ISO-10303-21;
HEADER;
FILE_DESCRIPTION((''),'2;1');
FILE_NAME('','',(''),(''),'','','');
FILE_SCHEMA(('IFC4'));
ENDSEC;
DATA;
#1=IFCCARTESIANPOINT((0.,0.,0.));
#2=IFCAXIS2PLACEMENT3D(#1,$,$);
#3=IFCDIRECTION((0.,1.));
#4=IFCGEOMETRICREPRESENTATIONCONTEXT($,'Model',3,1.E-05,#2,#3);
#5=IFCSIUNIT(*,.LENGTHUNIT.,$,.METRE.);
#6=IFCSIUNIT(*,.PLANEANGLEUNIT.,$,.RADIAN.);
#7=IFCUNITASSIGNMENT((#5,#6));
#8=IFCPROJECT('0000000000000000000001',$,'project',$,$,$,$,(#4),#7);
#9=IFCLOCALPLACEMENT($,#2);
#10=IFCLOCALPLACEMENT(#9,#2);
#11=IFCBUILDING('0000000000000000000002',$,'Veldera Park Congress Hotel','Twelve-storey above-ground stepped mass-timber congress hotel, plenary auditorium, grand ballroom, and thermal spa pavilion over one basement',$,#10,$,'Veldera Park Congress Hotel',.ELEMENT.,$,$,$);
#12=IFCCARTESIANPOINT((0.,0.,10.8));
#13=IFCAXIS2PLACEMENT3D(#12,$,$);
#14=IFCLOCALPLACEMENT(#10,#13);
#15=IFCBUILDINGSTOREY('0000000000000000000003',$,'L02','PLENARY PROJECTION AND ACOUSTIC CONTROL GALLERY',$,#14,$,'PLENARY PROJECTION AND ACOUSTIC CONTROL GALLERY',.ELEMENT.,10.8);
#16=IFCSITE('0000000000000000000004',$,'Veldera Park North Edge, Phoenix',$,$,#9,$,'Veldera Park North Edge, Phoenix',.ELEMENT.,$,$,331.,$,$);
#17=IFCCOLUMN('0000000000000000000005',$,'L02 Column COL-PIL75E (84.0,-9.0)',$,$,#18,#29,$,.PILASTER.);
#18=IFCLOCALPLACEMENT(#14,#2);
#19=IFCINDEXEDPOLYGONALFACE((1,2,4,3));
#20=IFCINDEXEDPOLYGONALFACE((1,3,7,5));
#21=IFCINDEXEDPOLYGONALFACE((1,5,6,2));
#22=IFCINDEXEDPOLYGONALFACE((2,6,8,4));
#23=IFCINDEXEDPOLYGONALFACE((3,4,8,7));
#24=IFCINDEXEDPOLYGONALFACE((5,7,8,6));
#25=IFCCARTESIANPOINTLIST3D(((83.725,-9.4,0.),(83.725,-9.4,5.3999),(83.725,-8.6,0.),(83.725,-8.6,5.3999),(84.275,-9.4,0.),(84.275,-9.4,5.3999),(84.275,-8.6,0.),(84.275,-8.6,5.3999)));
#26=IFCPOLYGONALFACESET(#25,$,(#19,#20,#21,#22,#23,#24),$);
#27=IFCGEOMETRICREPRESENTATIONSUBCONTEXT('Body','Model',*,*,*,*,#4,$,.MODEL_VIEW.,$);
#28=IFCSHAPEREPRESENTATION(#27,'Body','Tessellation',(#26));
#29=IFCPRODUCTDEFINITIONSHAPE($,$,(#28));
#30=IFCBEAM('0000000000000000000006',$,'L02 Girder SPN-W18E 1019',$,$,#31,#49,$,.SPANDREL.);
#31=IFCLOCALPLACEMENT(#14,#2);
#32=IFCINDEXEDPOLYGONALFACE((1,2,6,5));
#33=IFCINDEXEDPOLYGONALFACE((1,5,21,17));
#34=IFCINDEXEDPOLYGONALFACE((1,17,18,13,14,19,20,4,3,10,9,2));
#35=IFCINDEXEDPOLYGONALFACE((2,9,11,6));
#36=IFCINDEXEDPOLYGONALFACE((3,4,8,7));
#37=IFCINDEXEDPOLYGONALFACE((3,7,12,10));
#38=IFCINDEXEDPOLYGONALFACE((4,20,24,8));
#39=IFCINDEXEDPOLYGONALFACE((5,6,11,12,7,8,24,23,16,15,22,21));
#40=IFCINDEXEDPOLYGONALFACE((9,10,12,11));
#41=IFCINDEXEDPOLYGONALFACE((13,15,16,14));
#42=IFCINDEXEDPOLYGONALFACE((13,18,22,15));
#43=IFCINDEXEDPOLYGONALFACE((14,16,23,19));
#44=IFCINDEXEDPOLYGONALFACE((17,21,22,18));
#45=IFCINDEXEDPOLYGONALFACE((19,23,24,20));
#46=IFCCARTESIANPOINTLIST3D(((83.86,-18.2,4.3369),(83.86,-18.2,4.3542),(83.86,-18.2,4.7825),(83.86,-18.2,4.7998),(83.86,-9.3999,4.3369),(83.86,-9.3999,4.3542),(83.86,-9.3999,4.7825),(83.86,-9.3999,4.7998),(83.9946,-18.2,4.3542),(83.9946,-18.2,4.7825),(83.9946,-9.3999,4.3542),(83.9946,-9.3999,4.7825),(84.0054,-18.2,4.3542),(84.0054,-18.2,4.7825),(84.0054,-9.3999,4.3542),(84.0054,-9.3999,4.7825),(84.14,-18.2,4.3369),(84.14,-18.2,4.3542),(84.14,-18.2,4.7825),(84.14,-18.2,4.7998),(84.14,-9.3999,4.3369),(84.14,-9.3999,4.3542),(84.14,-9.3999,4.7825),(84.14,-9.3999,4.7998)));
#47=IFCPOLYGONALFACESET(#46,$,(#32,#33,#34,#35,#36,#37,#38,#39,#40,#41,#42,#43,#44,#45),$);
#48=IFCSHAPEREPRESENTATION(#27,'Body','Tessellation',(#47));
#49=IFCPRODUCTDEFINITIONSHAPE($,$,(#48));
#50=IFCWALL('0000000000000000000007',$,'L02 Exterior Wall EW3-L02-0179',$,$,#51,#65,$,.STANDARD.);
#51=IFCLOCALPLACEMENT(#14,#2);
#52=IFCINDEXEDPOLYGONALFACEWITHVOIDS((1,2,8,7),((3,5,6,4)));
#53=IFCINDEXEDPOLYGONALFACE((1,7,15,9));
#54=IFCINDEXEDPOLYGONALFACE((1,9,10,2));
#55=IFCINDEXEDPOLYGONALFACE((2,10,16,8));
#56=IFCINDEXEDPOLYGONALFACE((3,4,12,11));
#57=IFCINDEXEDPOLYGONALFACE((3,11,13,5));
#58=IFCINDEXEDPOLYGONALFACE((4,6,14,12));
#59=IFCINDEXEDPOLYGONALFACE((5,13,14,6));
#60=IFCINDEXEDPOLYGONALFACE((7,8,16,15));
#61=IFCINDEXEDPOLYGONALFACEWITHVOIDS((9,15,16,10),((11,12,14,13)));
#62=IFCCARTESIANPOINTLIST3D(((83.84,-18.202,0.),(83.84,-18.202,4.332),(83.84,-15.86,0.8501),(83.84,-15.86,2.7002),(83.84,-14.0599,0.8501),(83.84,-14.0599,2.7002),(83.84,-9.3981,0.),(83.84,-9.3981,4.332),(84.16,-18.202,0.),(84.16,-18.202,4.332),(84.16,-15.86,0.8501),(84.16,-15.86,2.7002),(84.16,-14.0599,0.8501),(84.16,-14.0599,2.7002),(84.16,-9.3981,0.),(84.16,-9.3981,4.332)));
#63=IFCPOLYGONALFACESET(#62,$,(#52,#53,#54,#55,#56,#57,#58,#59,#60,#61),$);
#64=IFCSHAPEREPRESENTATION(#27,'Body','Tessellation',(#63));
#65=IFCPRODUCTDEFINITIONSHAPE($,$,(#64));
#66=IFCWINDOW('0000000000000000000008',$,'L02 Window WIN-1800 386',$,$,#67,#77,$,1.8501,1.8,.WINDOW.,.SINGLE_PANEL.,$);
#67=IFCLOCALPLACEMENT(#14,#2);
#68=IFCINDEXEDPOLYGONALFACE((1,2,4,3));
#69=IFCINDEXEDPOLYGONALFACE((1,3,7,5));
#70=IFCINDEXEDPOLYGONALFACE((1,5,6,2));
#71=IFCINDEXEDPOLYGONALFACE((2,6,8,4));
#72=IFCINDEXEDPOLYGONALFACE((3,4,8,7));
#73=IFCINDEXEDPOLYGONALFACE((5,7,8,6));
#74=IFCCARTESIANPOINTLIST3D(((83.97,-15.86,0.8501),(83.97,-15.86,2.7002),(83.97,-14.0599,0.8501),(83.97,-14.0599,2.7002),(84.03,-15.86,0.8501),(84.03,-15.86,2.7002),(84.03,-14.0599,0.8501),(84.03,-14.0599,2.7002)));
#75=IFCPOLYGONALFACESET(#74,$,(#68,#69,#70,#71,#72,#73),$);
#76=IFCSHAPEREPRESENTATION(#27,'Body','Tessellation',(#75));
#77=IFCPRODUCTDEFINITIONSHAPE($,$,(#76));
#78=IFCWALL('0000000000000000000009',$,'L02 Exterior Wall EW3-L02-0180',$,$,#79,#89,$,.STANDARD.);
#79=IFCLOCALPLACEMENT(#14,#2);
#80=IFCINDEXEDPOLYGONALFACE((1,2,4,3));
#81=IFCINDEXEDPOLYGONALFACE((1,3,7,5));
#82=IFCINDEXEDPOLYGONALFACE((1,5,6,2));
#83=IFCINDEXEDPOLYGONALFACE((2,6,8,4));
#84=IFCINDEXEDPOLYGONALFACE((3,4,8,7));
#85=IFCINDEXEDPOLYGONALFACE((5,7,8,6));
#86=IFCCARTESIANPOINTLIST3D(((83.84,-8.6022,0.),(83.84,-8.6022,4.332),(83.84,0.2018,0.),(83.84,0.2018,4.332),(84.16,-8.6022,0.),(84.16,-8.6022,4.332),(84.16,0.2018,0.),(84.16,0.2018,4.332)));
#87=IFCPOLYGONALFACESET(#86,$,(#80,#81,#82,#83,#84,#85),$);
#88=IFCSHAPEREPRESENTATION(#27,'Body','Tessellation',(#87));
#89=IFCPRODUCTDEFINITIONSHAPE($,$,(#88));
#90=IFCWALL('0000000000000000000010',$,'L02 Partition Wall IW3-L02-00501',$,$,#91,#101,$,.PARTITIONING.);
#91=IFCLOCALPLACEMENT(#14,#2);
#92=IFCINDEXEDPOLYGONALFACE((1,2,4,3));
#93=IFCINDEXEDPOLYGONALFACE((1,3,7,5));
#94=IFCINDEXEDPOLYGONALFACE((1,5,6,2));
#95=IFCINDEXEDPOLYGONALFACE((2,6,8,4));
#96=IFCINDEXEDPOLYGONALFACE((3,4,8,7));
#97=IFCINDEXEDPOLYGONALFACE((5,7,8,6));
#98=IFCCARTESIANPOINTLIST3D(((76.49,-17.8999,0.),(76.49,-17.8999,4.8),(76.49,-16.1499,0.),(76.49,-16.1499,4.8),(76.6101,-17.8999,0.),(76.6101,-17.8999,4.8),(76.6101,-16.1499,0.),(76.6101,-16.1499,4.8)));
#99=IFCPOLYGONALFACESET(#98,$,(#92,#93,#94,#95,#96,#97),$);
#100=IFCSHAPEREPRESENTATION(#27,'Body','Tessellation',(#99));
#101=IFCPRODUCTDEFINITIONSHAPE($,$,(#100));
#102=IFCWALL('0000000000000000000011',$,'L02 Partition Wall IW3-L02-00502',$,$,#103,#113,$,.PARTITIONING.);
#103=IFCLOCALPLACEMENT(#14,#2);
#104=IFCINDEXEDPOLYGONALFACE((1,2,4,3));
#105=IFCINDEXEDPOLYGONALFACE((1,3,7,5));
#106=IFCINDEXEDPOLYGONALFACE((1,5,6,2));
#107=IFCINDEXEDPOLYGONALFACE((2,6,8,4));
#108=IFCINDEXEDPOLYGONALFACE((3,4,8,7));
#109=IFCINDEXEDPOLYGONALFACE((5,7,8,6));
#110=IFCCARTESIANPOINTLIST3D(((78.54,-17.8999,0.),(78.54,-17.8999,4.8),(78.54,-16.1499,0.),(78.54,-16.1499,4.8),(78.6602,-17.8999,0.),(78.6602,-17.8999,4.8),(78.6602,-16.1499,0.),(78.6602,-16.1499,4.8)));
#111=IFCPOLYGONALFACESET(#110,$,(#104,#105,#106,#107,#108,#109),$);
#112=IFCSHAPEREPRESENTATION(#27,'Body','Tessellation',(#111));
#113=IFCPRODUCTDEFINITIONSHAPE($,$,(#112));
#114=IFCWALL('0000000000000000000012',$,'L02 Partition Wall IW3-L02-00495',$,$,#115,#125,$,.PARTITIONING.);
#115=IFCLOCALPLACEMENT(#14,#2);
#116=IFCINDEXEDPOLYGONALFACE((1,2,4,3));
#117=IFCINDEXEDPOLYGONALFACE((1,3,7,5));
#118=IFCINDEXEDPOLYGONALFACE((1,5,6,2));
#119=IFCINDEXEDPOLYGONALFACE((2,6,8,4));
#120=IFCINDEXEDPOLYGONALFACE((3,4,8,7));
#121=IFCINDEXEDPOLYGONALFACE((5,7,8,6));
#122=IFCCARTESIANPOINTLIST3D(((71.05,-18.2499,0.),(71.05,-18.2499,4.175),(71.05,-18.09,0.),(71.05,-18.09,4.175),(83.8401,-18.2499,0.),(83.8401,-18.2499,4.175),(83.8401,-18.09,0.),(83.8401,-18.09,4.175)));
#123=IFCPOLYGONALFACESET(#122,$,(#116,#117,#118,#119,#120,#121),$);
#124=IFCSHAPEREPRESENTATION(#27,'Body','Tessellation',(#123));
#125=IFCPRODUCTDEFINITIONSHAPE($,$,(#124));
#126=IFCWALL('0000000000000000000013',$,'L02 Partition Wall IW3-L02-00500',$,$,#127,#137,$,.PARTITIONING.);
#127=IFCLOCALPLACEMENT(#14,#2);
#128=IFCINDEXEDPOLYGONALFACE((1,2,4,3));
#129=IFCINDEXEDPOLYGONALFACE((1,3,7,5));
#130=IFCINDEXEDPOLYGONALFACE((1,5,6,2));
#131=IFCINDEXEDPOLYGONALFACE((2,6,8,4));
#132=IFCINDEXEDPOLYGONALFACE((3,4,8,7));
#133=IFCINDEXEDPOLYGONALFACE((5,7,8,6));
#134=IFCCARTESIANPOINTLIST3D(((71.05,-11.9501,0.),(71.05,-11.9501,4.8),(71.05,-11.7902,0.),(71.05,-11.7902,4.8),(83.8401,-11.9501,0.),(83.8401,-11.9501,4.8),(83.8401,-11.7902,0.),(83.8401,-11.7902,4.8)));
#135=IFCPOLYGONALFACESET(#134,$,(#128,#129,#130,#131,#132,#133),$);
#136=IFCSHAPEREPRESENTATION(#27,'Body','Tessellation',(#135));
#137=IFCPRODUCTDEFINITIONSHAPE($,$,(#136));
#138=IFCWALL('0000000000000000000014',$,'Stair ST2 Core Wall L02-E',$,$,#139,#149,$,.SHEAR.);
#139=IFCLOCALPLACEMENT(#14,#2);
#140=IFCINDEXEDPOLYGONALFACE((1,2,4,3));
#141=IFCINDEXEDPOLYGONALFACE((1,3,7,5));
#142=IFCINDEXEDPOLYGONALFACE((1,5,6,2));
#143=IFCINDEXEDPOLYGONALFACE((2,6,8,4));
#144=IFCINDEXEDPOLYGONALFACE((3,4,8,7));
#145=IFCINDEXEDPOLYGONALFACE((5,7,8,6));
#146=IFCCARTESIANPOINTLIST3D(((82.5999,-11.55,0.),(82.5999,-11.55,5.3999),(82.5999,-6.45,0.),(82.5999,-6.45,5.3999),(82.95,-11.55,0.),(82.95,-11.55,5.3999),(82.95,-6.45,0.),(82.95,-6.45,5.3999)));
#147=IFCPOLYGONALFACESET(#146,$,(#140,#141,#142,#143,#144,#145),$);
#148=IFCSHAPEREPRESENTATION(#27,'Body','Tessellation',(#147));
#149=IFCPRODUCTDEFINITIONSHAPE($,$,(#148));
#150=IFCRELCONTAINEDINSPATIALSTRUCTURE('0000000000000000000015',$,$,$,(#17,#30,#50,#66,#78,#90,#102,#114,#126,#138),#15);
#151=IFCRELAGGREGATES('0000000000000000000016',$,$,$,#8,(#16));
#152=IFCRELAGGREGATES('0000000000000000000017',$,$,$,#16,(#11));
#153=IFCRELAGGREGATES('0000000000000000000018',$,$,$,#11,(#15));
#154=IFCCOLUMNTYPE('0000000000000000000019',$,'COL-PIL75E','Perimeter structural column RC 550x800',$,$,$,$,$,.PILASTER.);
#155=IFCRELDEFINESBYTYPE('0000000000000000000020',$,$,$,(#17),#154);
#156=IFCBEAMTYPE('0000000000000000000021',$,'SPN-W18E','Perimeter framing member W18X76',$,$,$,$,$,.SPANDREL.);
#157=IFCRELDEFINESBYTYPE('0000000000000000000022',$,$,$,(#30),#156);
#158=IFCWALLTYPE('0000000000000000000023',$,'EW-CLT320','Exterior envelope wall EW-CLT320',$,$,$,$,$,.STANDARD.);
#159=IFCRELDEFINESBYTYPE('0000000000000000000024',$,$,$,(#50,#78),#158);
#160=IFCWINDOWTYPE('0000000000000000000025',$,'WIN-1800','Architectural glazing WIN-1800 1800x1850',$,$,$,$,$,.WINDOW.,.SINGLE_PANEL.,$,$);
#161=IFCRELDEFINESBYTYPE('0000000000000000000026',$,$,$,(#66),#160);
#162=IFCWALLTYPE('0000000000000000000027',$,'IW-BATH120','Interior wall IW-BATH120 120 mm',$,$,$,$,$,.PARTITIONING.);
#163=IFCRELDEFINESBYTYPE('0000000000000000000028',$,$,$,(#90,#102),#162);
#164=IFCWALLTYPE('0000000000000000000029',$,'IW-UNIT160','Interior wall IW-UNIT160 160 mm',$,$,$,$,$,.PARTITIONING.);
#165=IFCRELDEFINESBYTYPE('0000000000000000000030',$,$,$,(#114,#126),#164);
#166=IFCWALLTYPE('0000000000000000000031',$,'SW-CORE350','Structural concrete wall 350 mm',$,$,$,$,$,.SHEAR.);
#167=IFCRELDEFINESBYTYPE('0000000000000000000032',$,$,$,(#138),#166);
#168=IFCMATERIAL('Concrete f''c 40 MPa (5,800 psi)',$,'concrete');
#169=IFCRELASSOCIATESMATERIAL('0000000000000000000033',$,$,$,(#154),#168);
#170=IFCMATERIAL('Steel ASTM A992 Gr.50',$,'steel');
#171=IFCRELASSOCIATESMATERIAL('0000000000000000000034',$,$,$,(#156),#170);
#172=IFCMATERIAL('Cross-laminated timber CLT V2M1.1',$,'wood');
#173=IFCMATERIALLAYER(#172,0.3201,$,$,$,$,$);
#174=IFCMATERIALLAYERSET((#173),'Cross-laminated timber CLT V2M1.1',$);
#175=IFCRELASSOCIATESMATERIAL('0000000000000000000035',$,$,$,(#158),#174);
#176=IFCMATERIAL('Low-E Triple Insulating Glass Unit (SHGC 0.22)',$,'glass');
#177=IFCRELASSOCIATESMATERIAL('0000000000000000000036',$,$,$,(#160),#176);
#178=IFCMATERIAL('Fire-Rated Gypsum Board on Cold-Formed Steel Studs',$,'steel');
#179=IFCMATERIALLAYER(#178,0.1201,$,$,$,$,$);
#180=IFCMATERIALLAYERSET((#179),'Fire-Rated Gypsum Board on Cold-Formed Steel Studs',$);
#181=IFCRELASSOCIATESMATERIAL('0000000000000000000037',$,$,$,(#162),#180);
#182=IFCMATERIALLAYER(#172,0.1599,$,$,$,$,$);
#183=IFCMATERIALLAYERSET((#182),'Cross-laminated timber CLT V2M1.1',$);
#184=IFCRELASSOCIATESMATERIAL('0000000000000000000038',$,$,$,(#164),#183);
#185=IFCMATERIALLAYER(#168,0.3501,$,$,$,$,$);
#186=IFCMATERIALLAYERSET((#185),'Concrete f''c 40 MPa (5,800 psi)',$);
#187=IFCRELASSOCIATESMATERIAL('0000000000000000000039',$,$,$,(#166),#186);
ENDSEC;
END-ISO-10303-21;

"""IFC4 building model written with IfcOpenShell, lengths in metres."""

from ifc_helpers import new_model, si_unit, direction, frame, frame_2d, origin, origin_2d, place, context, subcontext, project, spatial, rectangle, i_section, extrude, material, layer, layer_set, material_profile, profile_set, type_object, element, fill, save


model = new_model("IFC4")

# Units and contexts
model_context = context("Model", 3, precision=1e-05, world=origin(), true_north=direction((0.0, 1.0)))
body_context = subcontext(model_context, "Body", "Model", "MODEL_VIEW")
ifc_project = project(units=[si_unit("LENGTHUNIT", "METRE"), si_unit("PLANEANGLEUNIT", "RADIAN")], contexts=[model_context])

# Site, building, storey
site_placement = place(None, origin())
site = spatial("IfcSite", under=ifc_project, at=site_placement, Name="Veldera Park North Edge, Phoenix", LongName="Veldera Park North Edge, Phoenix", CompositionType="ELEMENT", RefElevation=331.0)
building_placement = place(site_placement, origin())
building = spatial("IfcBuilding", under=site, at=building_placement, Name="Veldera Park Congress Hotel", Description="Twelve-storey above-ground stepped mass-timber congress hotel, plenary auditorium, grand ballroom, and thermal spa pavilion over one basement", LongName="Veldera Park Congress Hotel", CompositionType="ELEMENT")
storey_placement = place(building_placement, frame((0.0, 0.0, 10.8)))
storey = spatial("IfcBuildingStorey", under=building, at=storey_placement, Name="L02", Description="PLENARY PROJECTION AND ACOUSTIC CONTROL GALLERY", LongName="PLENARY PROJECTION AND ACOUSTIC CONTROL GALLERY", CompositionType="ELEMENT", Elevation=10.8)

# Column
ifc_material_1 = material(Name="Concrete f'c 40 MPa (5,800 psi)", Category="concrete")
ifc_material_profile_1 = material_profile(ifc_material_1, rectangle(XDim=0.55, YDim=0.8, at=origin_2d()), Name="RC 550x800")
ifc_profile_set_1 = profile_set([ifc_material_profile_1], Name="Concrete f'c 40 MPa (5,800 psi)")
column_type = type_object("IfcColumnType", Name="COL-PIL75E", Description="Perimeter structural column RC 550x800", PredefinedType="PILASTER", material=ifc_profile_set_1)
column_placement = place(storey_placement, frame((84.0, -9.0, 0.0), z_axis=(0.0, 0.0, 1.0), x_axis=(1.0, 0.0, 0.0)))
element("IfcColumn", 1, at=column_placement, inside=storey, type_object=column_type, Name="L02 Column COL-PIL75E (84.0,-9.0)", PredefinedType="PILASTER", context=body_context, shape_type="SweptSolid", body=[
    extrude(rectangle(XDim=0.55, YDim=0.8, at=origin_2d()), origin(), (0.0, 0.0, 1.0), 5.3999),
])

# Beam
ifc_material_2 = material(Name="Steel ASTM A992 Gr.50", Category="steel")
ifc_material_profile_2 = material_profile(ifc_material_2, i_section(OverallWidth=0.28, OverallDepth=0.4629, WebThickness=0.0107, FlangeThickness=0.0173, at=origin_2d()), Name="W18X76")
ifc_profile_set_2 = profile_set([ifc_material_profile_2], Name="Steel ASTM A992 Gr.50")
beam_type = type_object("IfcBeamType", Name="SPN-W18E", Description="Perimeter framing member W18X76", PredefinedType="SPANDREL", material=ifc_profile_set_2)
beam_placement = place(storey_placement, frame((84.0, -18.2, 4.5684), z_axis=(0.0, 1.0, 0.0), x_axis=(-1.0, 0.0, 0.0)))
element("IfcBeam", 2, at=beam_placement, inside=storey, type_object=beam_type, Name="L02 Girder SPN-W18E 1019", PredefinedType="SPANDREL", context=body_context, shape_type="SweptSolid", body=[
    extrude(i_section(OverallWidth=0.28, OverallDepth=0.4629, WebThickness=0.0107, FlangeThickness=0.0173, at=origin_2d()), origin(), (0.0, 0.0, 1.0), 8.8),
])

# Wall, opening, window
ifc_material_3 = material(Name="Cross-laminated timber CLT V2M1.1", Category="wood")
ifc_layer_1 = layer(ifc_material_3, 0.3201)
ifc_layer_set_1 = layer_set([ifc_layer_1], Name="Cross-laminated timber CLT V2M1.1")
wall_type_1 = type_object("IfcWallType", Name="EW-CLT320", Description="Exterior envelope wall EW-CLT320", PredefinedType="STANDARD", material=ifc_layer_set_1)
wall_1_placement = place(storey_placement, frame((84.0, -18.2019, 0.0), z_axis=(0.0, 0.0, 1.0), x_axis=(0.0, 1.0, 0.0)))
wall_1 = element("IfcWall", 3, at=wall_1_placement, inside=storey, type_object=wall_type_1, Name="L02 Exterior Wall EW3-L02-0179", PredefinedType="STANDARD", context=body_context, shape_type="SweptSolid", body=[
    extrude(rectangle(XDim=8.804, YDim=0.3201, at=frame_2d((4.4019, 0.0))), origin(), (0.0, 0.0, 1.0), 4.332),
])
opening_1_placement = place(wall_1_placement, frame((2.342, 0.0, 0.8501)))
opening_1 = element("IfcOpeningElement", 4, at=opening_1_placement, cuts=wall_1, PredefinedType="OPENING", context=body_context, shape_type="SweptSolid", body=[
    extrude(rectangle(XDim=1.8, YDim=1.8501, at=frame_2d((0.8999, 0.925))), frame((0.0, 0.1721, 0.0), z_axis=(0.0, -1.0, 0.0), x_axis=(1.0, 0.0, 0.0)), (0.0, 0.0, 1.0), 0.344),
])
ifc_material_4 = material(Name="Low-E Triple Insulating Glass Unit (SHGC 0.22)", Category="glass")
window_type = type_object("IfcWindowType", Name="WIN-1800", Description="Architectural glazing WIN-1800 1800x1850", PartitioningType="SINGLE_PANEL", PredefinedType="WINDOW", material=ifc_material_4)
window_placement = place(opening_1_placement, origin())
window = element("IfcWindow", 5, at=window_placement, inside=storey, type_object=window_type, Name="L02 Window WIN-1800 386", OverallHeight=1.8501, OverallWidth=1.8, PartitioningType="SINGLE_PANEL", PredefinedType="WINDOW", context=body_context, shape_type="SweptSolid", body=[
    extrude(rectangle(XDim=1.8, YDim=1.8501, at=frame_2d((0.8999, 0.925))), frame((0.0, 0.03, 0.0), z_axis=(0.0, -1.0, 0.0), x_axis=(1.0, 0.0, 0.0)), (0.0, 0.0, 1.0), 0.0601),
])
fill(opening_1, window)

# Walls
wall_2_placement = place(storey_placement, frame((84.0, -8.6021, 0.0), z_axis=(0.0, 0.0, 1.0), x_axis=(0.0, 1.0, 0.0)))
element("IfcWall", 6, at=wall_2_placement, inside=storey, type_object=wall_type_1, Name="L02 Exterior Wall EW3-L02-0180", PredefinedType="STANDARD", context=body_context, shape_type="SweptSolid", body=[
    extrude(rectangle(XDim=8.804, YDim=0.3201, at=frame_2d((4.4019, 0.0))), origin(), (0.0, 0.0, 1.0), 4.332),
])
ifc_material_5 = material(Name="Fire-Rated Gypsum Board on Cold-Formed Steel Studs", Category="steel")
ifc_layer_2 = layer(ifc_material_5, 0.1201)
ifc_layer_set_2 = layer_set([ifc_layer_2], Name="Fire-Rated Gypsum Board on Cold-Formed Steel Studs")
wall_type_2 = type_object("IfcWallType", Name="IW-BATH120", Description="Interior wall IW-BATH120 120 mm", PredefinedType="PARTITIONING", material=ifc_layer_set_2)
for number, where, z_axis, x_axis, name in (
    (7, (76.55, -17.8999, 0.0), (0.0, 0.0, 1.0), (0.0, 1.0, 0.0), "L02 Partition Wall IW3-L02-00501"),
    (8, (78.6001, -17.8999, 0.0), (0.0, 0.0, 1.0), (0.0, 1.0, 0.0), "L02 Partition Wall IW3-L02-00502"),
):
    element("IfcWall", number, at=place(storey_placement, frame(where, z_axis=z_axis, x_axis=x_axis)), inside=storey, type_object=wall_type_2, Name=name, PredefinedType="PARTITIONING", context=body_context, shape_type="SweptSolid", body=[
        extrude(rectangle(XDim=1.75, YDim=0.1201, at=frame_2d((0.875, 0.0))), origin(), (0.0, 0.0, 1.0), 4.8),
    ])

# Walls
ifc_layer_3 = layer(ifc_material_3, 0.1599)
ifc_layer_set_3 = layer_set([ifc_layer_3], Name="Cross-laminated timber CLT V2M1.1")
wall_type_3 = type_object("IfcWallType", Name="IW-UNIT160", Description="Interior wall IW-UNIT160 160 mm", PredefinedType="PARTITIONING", material=ifc_layer_set_3)
wall_3_placement = place(storey_placement, frame((71.05, -18.1699, 0.0), z_axis=(0.0, 0.0, 1.0), x_axis=(1.0, 0.0, 0.0)))
element("IfcWall", 9, at=wall_3_placement, inside=storey, type_object=wall_type_3, Name="L02 Partition Wall IW3-L02-00495", PredefinedType="PARTITIONING", context=body_context, shape_type="SweptSolid", body=[
    extrude(rectangle(XDim=12.79, YDim=0.1599, at=frame_2d((6.395, 0.0))), origin(), (0.0, 0.0, 1.0), 4.175),
])
wall_4_placement = place(storey_placement, frame((71.05, -11.8701, 0.0), z_axis=(0.0, 0.0, 1.0), x_axis=(1.0, 0.0, 0.0)))
element("IfcWall", 10, at=wall_4_placement, inside=storey, type_object=wall_type_3, Name="L02 Partition Wall IW3-L02-00500", PredefinedType="PARTITIONING", context=body_context, shape_type="SweptSolid", body=[
    extrude(rectangle(XDim=12.79, YDim=0.1599, at=frame_2d((6.395, 0.0))), origin(), (0.0, 0.0, 1.0), 4.8),
])
ifc_layer_4 = layer(ifc_material_1, 0.3501)
ifc_layer_set_4 = layer_set([ifc_layer_4], Name="Concrete f'c 40 MPa (5,800 psi)")
wall_type_4 = type_object("IfcWallType", Name="SW-CORE350", Description="Structural concrete wall 350 mm", PredefinedType="SHEAR", material=ifc_layer_set_4)
wall_5_placement = place(storey_placement, frame((82.7749, -11.55, 0.0), z_axis=(0.0, 0.0, 1.0), x_axis=(0.0, 1.0, 0.0)))
element("IfcWall", 11, at=wall_5_placement, inside=storey, type_object=wall_type_4, Name="Stair ST2 Core Wall L02-E", PredefinedType="SHEAR", context=body_context, shape_type="SweptSolid", body=[
    extrude(rectangle(XDim=5.1001, YDim=0.3501, at=frame_2d((2.55, 0.0))), origin(), (0.0, 0.0, 1.0), 5.3999),
])

save(model, "model.ifc")
